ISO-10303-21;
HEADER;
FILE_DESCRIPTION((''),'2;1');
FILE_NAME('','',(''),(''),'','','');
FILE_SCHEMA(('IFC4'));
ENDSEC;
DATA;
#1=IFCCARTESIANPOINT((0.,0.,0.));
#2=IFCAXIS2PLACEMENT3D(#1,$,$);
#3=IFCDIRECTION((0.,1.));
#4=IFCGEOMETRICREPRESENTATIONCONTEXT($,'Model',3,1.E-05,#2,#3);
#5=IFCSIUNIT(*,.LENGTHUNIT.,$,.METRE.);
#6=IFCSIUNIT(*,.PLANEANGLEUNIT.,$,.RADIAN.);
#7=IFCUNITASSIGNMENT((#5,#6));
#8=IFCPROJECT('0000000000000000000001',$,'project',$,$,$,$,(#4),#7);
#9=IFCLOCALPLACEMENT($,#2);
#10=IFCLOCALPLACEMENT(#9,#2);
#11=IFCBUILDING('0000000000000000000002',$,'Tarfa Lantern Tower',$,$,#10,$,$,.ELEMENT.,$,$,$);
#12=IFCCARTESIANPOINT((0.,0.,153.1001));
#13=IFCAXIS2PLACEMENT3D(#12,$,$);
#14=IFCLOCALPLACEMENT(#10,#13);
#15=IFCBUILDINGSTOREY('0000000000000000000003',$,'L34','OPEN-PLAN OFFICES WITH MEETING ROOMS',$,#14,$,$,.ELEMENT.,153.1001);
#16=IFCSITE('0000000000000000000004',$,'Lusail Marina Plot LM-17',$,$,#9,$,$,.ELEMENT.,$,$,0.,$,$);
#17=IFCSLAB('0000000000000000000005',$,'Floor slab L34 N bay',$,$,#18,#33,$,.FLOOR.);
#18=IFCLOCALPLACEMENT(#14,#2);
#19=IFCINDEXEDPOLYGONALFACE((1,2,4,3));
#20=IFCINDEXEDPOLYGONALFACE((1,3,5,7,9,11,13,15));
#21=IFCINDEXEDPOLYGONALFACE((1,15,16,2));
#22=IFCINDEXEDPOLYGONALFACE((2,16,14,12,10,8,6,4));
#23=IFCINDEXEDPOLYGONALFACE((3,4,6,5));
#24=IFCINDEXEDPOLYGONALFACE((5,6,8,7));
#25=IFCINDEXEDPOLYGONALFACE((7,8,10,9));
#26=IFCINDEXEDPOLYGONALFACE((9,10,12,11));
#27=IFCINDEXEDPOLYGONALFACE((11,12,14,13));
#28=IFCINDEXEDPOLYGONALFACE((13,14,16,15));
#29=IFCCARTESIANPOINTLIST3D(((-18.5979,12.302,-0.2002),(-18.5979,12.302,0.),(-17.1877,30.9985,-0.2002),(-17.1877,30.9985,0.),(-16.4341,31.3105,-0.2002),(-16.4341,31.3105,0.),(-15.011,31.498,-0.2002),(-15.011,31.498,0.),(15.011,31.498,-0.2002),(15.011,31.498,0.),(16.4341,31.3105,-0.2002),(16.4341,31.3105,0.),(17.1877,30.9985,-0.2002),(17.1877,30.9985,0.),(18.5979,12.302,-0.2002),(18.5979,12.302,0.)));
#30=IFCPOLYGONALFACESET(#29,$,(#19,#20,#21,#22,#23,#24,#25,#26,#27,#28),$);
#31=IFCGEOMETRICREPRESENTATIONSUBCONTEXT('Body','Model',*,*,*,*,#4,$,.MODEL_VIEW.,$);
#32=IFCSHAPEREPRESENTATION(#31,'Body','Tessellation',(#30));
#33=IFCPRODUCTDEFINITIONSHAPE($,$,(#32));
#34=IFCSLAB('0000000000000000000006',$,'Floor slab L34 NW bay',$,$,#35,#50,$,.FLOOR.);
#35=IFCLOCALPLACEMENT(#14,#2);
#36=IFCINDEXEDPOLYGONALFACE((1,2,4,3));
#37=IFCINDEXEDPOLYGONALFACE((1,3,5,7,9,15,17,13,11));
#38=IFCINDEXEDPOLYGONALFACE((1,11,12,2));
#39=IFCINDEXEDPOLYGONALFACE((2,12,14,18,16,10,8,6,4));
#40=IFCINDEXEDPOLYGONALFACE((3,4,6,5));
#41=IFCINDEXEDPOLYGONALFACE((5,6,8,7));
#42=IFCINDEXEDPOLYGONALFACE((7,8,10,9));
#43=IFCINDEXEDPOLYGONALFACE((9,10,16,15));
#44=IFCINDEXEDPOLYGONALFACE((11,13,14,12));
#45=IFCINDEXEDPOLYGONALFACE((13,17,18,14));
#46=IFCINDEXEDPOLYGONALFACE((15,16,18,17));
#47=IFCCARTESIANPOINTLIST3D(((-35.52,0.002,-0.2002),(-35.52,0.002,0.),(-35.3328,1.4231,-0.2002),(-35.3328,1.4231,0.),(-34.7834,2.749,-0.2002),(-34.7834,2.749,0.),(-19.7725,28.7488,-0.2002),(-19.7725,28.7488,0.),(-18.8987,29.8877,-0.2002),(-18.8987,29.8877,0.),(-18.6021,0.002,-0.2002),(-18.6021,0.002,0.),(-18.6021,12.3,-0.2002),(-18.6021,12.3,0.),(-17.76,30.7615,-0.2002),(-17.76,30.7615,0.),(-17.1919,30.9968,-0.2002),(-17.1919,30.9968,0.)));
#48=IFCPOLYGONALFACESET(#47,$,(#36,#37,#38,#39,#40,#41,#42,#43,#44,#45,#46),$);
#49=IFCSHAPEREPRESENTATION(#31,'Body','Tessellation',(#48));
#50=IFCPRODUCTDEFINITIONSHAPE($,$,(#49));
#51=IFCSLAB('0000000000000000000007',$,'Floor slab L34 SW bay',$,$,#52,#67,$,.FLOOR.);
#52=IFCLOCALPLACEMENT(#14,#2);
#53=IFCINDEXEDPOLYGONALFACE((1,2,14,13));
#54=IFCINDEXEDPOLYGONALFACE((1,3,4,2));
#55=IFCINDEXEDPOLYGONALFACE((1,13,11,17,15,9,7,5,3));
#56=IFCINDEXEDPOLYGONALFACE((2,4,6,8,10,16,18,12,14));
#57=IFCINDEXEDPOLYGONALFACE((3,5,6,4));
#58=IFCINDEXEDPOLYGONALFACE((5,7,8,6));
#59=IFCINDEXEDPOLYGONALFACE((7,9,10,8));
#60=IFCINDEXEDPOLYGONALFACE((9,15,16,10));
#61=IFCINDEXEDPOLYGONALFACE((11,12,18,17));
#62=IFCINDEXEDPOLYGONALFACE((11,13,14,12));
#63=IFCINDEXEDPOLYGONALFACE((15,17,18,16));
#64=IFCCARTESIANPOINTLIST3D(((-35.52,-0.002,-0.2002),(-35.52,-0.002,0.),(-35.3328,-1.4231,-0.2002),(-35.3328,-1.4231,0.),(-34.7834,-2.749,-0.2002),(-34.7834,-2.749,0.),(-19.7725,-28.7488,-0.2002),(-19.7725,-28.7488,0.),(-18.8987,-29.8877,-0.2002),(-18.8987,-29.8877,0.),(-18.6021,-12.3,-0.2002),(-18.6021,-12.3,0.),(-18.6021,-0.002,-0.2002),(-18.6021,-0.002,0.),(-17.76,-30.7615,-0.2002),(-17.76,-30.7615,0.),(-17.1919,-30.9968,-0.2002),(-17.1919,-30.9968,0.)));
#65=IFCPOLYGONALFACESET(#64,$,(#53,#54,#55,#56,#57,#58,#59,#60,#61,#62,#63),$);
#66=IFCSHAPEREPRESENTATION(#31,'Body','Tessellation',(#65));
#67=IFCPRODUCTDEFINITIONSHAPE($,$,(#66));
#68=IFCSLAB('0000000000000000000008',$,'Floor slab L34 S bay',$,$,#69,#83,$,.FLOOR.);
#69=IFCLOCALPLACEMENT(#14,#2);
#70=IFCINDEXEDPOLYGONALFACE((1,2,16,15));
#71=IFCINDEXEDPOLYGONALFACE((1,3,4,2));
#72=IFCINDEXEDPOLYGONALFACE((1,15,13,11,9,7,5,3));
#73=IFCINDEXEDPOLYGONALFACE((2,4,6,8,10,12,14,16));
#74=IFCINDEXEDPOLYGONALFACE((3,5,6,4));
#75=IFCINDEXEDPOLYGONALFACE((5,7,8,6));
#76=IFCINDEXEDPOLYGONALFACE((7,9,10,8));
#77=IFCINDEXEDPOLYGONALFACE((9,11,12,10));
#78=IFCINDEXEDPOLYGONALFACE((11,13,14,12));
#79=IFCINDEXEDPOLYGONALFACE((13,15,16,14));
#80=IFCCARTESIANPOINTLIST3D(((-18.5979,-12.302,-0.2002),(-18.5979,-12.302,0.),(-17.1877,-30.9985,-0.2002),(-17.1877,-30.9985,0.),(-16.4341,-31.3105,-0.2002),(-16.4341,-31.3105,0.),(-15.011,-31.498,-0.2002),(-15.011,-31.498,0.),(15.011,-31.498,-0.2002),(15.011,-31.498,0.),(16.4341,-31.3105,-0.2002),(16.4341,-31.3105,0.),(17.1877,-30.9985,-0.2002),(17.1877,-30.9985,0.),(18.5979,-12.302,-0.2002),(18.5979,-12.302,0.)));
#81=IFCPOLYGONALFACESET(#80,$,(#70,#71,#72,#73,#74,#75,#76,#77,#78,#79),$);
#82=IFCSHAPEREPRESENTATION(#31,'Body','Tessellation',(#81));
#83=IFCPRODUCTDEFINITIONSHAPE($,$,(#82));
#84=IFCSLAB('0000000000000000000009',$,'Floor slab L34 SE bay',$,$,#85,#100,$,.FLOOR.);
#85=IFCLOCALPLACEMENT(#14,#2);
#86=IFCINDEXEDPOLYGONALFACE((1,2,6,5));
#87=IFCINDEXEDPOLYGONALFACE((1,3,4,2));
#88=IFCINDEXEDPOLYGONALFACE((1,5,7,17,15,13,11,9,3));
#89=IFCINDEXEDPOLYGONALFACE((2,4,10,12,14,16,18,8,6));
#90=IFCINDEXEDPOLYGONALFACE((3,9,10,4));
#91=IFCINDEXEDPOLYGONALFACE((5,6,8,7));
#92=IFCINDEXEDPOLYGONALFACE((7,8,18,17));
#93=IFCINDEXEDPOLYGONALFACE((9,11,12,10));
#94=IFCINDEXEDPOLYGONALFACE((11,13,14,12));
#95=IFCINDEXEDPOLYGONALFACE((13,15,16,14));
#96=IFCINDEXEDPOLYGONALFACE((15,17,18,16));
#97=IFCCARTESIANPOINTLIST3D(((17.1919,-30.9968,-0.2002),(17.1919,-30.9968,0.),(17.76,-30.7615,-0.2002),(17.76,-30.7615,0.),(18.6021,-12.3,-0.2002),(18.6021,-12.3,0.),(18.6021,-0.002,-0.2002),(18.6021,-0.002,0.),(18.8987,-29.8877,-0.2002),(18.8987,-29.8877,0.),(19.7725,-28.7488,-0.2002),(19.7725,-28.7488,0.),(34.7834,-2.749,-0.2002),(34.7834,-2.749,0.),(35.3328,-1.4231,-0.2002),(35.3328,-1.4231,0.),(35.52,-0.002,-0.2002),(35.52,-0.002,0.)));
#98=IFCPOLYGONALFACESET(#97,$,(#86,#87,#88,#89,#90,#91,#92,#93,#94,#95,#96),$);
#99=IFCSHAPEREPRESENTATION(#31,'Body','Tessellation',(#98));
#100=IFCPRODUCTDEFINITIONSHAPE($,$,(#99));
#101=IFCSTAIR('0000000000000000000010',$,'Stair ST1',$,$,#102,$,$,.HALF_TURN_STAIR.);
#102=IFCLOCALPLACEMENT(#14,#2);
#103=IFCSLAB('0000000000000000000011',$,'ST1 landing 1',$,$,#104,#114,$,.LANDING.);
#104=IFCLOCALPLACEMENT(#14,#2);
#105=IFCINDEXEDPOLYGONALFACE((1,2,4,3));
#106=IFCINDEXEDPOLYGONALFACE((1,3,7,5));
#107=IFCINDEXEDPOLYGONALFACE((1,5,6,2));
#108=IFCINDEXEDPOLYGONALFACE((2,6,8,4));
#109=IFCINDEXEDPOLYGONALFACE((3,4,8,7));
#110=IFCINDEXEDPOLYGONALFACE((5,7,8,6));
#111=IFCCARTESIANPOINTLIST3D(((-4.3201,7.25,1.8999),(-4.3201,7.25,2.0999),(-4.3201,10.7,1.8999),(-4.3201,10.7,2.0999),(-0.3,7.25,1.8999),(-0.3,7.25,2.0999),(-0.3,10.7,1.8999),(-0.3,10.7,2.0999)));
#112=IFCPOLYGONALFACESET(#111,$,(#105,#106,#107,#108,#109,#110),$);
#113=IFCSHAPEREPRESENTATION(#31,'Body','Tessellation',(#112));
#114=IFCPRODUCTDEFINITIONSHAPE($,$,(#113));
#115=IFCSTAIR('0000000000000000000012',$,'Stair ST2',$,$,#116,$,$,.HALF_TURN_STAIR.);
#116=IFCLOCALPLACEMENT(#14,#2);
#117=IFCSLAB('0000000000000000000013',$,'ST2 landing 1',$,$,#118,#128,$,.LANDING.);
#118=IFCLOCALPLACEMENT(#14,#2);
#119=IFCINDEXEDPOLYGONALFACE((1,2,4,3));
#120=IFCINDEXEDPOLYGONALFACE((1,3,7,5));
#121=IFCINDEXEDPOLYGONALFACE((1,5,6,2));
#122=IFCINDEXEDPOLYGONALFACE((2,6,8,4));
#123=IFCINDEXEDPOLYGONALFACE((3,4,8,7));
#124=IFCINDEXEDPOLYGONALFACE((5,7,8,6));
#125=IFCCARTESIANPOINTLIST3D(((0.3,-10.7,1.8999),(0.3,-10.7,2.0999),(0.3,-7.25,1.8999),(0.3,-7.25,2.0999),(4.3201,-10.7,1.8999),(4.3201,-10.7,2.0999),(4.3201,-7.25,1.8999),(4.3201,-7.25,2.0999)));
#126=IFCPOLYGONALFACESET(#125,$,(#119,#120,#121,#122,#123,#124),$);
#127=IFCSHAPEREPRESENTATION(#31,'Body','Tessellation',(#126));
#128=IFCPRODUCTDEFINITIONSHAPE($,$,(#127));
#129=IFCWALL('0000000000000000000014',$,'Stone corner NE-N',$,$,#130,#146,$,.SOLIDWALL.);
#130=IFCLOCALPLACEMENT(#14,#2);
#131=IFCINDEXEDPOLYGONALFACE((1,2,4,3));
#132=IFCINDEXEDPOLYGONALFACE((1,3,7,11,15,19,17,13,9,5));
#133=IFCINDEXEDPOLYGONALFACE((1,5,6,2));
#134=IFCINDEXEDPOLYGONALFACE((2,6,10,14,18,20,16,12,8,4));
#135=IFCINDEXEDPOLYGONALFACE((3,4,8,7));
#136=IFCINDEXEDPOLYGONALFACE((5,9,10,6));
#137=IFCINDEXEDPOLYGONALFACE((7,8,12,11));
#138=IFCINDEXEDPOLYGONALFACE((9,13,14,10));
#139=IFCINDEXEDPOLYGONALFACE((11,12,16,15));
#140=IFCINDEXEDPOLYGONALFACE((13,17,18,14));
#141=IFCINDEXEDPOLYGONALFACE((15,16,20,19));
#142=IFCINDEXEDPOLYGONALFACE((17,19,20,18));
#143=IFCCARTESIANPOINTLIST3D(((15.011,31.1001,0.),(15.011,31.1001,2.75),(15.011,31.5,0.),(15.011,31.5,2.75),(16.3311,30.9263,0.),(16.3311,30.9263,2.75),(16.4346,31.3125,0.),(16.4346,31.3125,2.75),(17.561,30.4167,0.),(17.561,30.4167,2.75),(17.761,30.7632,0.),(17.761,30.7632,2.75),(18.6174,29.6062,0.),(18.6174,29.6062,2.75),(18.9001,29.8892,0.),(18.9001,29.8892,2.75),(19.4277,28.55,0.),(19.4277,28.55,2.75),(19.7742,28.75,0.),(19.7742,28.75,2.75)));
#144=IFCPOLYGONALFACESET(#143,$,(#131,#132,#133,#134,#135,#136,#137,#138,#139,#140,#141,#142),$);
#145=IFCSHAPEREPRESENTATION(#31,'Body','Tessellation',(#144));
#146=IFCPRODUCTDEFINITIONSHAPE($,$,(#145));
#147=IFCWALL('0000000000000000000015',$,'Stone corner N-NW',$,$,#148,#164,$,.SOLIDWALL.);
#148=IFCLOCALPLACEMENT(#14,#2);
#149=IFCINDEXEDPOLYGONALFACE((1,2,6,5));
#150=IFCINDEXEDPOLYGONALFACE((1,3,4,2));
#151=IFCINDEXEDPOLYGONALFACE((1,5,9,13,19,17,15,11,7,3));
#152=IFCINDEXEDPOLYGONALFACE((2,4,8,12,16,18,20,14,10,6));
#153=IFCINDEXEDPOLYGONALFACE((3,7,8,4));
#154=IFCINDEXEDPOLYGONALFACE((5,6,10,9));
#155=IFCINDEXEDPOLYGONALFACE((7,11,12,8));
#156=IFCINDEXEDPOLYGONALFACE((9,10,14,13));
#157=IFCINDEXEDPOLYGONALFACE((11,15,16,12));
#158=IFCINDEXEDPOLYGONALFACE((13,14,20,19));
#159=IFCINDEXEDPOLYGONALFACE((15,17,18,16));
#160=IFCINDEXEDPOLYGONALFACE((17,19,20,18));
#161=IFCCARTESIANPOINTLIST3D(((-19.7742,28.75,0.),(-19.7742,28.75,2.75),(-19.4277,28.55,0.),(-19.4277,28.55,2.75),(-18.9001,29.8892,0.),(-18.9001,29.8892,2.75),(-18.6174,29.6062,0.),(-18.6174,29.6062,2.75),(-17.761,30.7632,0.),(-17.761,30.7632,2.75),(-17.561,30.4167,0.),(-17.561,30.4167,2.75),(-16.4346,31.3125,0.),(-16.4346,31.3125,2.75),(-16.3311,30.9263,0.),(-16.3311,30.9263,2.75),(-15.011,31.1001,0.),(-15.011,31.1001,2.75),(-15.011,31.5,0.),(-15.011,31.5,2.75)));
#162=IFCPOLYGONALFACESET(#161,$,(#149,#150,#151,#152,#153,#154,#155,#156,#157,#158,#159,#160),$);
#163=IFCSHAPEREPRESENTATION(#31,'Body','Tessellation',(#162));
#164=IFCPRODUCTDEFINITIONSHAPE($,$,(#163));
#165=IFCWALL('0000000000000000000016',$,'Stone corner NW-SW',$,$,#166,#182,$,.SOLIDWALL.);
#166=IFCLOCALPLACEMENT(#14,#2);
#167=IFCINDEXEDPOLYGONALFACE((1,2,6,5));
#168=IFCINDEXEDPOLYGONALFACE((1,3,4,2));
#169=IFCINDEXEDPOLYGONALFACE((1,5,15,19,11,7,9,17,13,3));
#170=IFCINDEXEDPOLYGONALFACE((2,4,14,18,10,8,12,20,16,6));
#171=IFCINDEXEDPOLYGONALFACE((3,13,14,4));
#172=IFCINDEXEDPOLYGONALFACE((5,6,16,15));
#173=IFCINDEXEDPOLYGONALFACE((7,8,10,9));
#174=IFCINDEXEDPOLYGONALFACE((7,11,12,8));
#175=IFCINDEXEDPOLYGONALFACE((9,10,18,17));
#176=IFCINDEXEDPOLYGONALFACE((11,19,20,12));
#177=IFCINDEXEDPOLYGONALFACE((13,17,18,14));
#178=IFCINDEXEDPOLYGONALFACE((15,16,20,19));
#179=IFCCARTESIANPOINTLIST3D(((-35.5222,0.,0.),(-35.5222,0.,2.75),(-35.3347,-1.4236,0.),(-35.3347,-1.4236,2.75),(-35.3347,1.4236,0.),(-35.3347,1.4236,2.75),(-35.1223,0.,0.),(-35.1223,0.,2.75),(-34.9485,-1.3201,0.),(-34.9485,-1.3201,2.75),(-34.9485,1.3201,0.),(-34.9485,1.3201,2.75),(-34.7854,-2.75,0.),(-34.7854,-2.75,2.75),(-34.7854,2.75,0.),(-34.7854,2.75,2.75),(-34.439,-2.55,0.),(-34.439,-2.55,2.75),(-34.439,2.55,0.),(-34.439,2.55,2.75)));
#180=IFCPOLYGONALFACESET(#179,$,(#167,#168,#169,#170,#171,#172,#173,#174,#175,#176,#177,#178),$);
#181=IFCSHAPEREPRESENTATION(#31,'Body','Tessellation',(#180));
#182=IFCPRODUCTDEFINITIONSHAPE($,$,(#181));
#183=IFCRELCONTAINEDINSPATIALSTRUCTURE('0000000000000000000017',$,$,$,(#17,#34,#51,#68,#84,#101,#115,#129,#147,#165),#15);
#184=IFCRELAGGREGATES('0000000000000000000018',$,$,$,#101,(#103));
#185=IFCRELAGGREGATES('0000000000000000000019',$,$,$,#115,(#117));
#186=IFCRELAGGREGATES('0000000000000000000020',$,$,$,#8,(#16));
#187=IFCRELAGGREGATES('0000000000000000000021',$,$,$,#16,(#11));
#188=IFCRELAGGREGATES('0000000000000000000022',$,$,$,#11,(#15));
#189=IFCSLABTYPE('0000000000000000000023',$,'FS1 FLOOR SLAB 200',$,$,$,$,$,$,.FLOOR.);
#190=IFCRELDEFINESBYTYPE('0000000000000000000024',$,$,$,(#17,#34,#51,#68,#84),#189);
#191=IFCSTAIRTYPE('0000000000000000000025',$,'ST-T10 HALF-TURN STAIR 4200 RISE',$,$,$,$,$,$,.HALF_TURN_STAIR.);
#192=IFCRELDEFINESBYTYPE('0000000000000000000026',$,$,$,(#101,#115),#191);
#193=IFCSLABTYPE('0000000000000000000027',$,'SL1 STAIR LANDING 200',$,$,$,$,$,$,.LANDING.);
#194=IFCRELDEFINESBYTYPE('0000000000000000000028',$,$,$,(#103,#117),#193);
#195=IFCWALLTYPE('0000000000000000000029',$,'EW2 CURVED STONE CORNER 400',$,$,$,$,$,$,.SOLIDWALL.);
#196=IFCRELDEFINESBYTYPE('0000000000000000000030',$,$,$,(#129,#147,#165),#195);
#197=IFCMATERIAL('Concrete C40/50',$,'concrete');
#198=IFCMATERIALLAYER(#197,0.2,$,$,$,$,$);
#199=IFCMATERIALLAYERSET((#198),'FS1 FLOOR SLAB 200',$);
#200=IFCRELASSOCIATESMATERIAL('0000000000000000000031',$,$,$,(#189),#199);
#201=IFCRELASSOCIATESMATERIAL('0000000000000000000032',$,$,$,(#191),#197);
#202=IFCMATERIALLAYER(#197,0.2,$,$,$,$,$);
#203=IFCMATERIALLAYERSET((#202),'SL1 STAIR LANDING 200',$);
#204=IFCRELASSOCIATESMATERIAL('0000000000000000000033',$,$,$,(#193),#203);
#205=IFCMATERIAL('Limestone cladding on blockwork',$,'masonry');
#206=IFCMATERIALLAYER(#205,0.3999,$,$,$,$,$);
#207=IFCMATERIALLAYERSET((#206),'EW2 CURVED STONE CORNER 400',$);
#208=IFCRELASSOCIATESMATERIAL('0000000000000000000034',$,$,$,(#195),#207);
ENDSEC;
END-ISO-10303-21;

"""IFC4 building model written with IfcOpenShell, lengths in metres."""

from ifc_helpers import new_model, si_unit, direction, frame, origin, place, context, subcontext, project, spatial, polyline, outline, extrude, material, layer, layer_set, type_object, element, aggregate, save


model = new_model("IFC4")

# Units and contexts
model_context = context("Model", 3, precision=1e-05, world=origin(), true_north=direction((0.0, 1.0)))
body_context = subcontext(model_context, "Body", "Model", "MODEL_VIEW")
ifc_project = project(units=[si_unit("LENGTHUNIT", "METRE"), si_unit("PLANEANGLEUNIT", "RADIAN")], contexts=[model_context])

# Site, building, storey
site_placement = place(None, origin())
site = spatial("IfcSite", under=ifc_project, at=site_placement, Name="Lusail Marina Plot LM-17", CompositionType="ELEMENT", RefElevation=0.0)
building_placement = place(site_placement, origin())
building = spatial("IfcBuilding", under=site, at=building_placement, Name="Tarfa Lantern Tower", CompositionType="ELEMENT")
storey_placement = place(building_placement, frame((0.0, 0.0, 153.1001)))
storey = spatial("IfcBuildingStorey", under=building, at=storey_placement, Name="L34", Description="OPEN-PLAN OFFICES WITH MEETING ROOMS", CompositionType="ELEMENT", Elevation=153.1001)

# Slabs
ifc_material_1 = material(Name="Concrete C40/50", Category="concrete")
ifc_layer_1 = layer(ifc_material_1, 0.2)
ifc_layer_set_1 = layer_set([ifc_layer_1], Name="FS1 FLOOR SLAB 200")
slab_type_1 = type_object("IfcSlabType", Name="FS1 FLOOR SLAB 200", PredefinedType="FLOOR", material=ifc_layer_set_1)
slab_1_placement = place(storey_placement, frame((0.0, 0.0, -0.2002)))
element("IfcSlab", 1, at=slab_1_placement, inside=storey, type_object=slab_type_1, Name="Floor slab L34 N bay", PredefinedType="FLOOR", context=body_context, shape_type="SweptSolid", body=[
    extrude(outline(polyline([(-18.5979, 12.302), (18.5979, 12.302), (17.1877, 30.9985), (16.4341, 31.3105), (15.011, 31.498), (-15.011, 31.498), (-16.4341, 31.3105), (-17.1877, 30.9985), (-18.5979, 12.302)])), origin(), (0.0, 0.0, 1.0), 0.2002),
])
slab_2_placement = place(storey_placement, frame((0.0, 0.0, -0.2002)))
element("IfcSlab", 2, at=slab_2_placement, inside=storey, type_object=slab_type_1, Name="Floor slab L34 NW bay", PredefinedType="FLOOR", context=body_context, shape_type="SweptSolid", body=[
    extrude(outline(polyline([(-18.6021, 0.002), (-18.6021, 12.3), (-17.1919, 30.9968), (-17.76, 30.7615), (-18.8987, 29.8877), (-19.7725, 28.7488), (-34.7834, 2.749), (-35.3328, 1.4231), (-35.52, 0.002), (-18.6021, 0.002)])), origin(), (0.0, 0.0, 1.0), 0.2002),
])
slab_3_placement = place(storey_placement, frame((0.0, 0.0, -0.2002)))
element("IfcSlab", 3, at=slab_3_placement, inside=storey, type_object=slab_type_1, Name="Floor slab L34 SW bay", PredefinedType="FLOOR", context=body_context, shape_type="SweptSolid", body=[
    extrude(outline(polyline([(-18.6021, -12.3), (-18.6021, -0.002), (-35.52, -0.002), (-35.3328, -1.4231), (-34.7834, -2.749), (-19.7725, -28.7488), (-18.8987, -29.8877), (-17.76, -30.7615), (-17.1919, -30.9968), (-18.6021, -12.3)])), origin(), (0.0, 0.0, 1.0), 0.2002),
])
slab_4_placement = place(storey_placement, frame((0.0, 0.0, -0.2002)))
element("IfcSlab", 4, at=slab_4_placement, inside=storey, type_object=slab_type_1, Name="Floor slab L34 S bay", PredefinedType="FLOOR", context=body_context, shape_type="SweptSolid", body=[
    extrude(outline(polyline([(18.5979, -12.302), (-18.5979, -12.302), (-17.1877, -30.9985), (-16.4341, -31.3105), (-15.011, -31.498), (15.011, -31.498), (16.4341, -31.3105), (17.1877, -30.9985), (18.5979, -12.302)])), origin(), (0.0, 0.0, 1.0), 0.2002),
])
slab_5_placement = place(storey_placement, frame((0.0, 0.0, -0.2002)))
element("IfcSlab", 5, at=slab_5_placement, inside=storey, type_object=slab_type_1, Name="Floor slab L34 SE bay", PredefinedType="FLOOR", context=body_context, shape_type="SweptSolid", body=[
    extrude(outline(polyline([(18.6021, -0.002), (18.6021, -12.3), (17.1919, -30.9968), (17.76, -30.7615), (18.8987, -29.8877), (19.7725, -28.7488), (34.7834, -2.749), (35.3328, -1.4231), (35.52, -0.002), (18.6021, -0.002)])), origin(), (0.0, 0.0, 1.0), 0.2002),
])

# Stairs, slabs
stair_type = type_object("IfcStairType", Name="ST-T10 HALF-TURN STAIR 4200 RISE", PredefinedType="HALF_TURN_STAIR", material=ifc_material_1)
stair_1_placement = place(storey_placement, origin())
stair_1 = element("IfcStair", 6, at=stair_1_placement, inside=storey, type_object=stair_type, Name="Stair ST1", PredefinedType="HALF_TURN_STAIR")
ifc_layer_2 = layer(ifc_material_1, 0.2)
ifc_layer_set_2 = layer_set([ifc_layer_2], Name="SL1 STAIR LANDING 200")
slab_type_2 = type_object("IfcSlabType", Name="SL1 STAIR LANDING 200", PredefinedType="LANDING", material=ifc_layer_set_2)
slab_6_placement = place(storey_placement, frame((0.0, 0.0, 1.8999)))
slab_6 = element("IfcSlab", 7, at=slab_6_placement, type_object=slab_type_2, Name="ST1 landing 1", PredefinedType="LANDING", context=body_context, shape_type="SweptSolid", body=[
    extrude(outline(polyline([(-4.3201, 7.25), (-0.3, 7.25), (-0.3, 10.7), (-4.3201, 10.7), (-4.3201, 7.25)])), origin(), (0.0, 0.0, 1.0), 0.2),
])
aggregate(stair_1, [slab_6])
stair_2_placement = place(storey_placement, origin())
stair_2 = element("IfcStair", 8, at=stair_2_placement, inside=storey, type_object=stair_type, Name="Stair ST2", PredefinedType="HALF_TURN_STAIR")
slab_7_placement = place(storey_placement, frame((0.0, 0.0, 1.8999)))
slab_7 = element("IfcSlab", 9, at=slab_7_placement, type_object=slab_type_2, Name="ST2 landing 1", PredefinedType="LANDING", context=body_context, shape_type="SweptSolid", body=[
    extrude(outline(polyline([(4.3201, -7.25), (0.3, -7.25), (0.3, -10.7), (4.3201, -10.7), (4.3201, -7.25)])), origin(), (0.0, 0.0, 1.0), 0.2),
])
aggregate(stair_2, [slab_7])

# Walls
ifc_material_2 = material(Name="Limestone cladding on blockwork", Category="masonry")
ifc_layer_3 = layer(ifc_material_2, 0.3999)
ifc_layer_set_3 = layer_set([ifc_layer_3], Name="EW2 CURVED STONE CORNER 400")
wall_type_1 = type_object("IfcWallType", Name="EW2 CURVED STONE CORNER 400", PredefinedType="SOLIDWALL", material=ifc_layer_set_3)
wall_1_placement = place(storey_placement, origin())
element("IfcWall", 10, at=wall_1_placement, inside=storey, type_object=wall_type_1, Name="Stone corner NE-N", PredefinedType="SOLIDWALL", context=body_context, shape_type="SweptSolid", body=[
    extrude(outline(polyline([(19.7742, 28.75), (18.9001, 29.8892), (17.761, 30.7632), (16.4346, 31.3125), (15.011, 31.5), (15.011, 31.1001), (16.3311, 30.9263), (17.561, 30.4167), (18.6174, 29.6062), (19.4277, 28.55), (19.7742, 28.75)])), origin(), (0.0, 0.0, 1.0), 2.75),
])
wall_2_placement = place(storey_placement, origin())
element("IfcWall", 11, at=wall_2_placement, inside=storey, type_object=wall_type_1, Name="Stone corner N-NW", PredefinedType="SOLIDWALL", context=body_context, shape_type="SweptSolid", body=[
    extrude(outline(polyline([(-15.011, 31.5), (-16.4346, 31.3125), (-17.761, 30.7632), (-18.9001, 29.8892), (-19.7742, 28.75), (-19.4277, 28.55), (-18.6174, 29.6062), (-17.561, 30.4167), (-16.3311, 30.9263), (-15.011, 31.1001), (-15.011, 31.5)])), origin(), (0.0, 0.0, 1.0), 2.75),
])
wall_3_placement = place(storey_placement, origin())
element("IfcWall", 12, at=wall_3_placement, inside=storey, type_object=wall_type_1, Name="Stone corner NW-SW", PredefinedType="SOLIDWALL", context=body_context, shape_type="SweptSolid", body=[
    extrude(outline(polyline([(-34.7854, 2.75), (-35.3347, 1.4236), (-35.5222, 0.0), (-35.3347, -1.4236), (-34.7854, -2.75), (-34.439, -2.55), (-34.9485, -1.3201), (-35.1223, 0.0), (-34.9485, 1.3201), (-34.439, 2.55), (-34.7854, 2.75)])), origin(), (0.0, 0.0, 1.0), 2.75),
])

save(model, "model.ifc")
